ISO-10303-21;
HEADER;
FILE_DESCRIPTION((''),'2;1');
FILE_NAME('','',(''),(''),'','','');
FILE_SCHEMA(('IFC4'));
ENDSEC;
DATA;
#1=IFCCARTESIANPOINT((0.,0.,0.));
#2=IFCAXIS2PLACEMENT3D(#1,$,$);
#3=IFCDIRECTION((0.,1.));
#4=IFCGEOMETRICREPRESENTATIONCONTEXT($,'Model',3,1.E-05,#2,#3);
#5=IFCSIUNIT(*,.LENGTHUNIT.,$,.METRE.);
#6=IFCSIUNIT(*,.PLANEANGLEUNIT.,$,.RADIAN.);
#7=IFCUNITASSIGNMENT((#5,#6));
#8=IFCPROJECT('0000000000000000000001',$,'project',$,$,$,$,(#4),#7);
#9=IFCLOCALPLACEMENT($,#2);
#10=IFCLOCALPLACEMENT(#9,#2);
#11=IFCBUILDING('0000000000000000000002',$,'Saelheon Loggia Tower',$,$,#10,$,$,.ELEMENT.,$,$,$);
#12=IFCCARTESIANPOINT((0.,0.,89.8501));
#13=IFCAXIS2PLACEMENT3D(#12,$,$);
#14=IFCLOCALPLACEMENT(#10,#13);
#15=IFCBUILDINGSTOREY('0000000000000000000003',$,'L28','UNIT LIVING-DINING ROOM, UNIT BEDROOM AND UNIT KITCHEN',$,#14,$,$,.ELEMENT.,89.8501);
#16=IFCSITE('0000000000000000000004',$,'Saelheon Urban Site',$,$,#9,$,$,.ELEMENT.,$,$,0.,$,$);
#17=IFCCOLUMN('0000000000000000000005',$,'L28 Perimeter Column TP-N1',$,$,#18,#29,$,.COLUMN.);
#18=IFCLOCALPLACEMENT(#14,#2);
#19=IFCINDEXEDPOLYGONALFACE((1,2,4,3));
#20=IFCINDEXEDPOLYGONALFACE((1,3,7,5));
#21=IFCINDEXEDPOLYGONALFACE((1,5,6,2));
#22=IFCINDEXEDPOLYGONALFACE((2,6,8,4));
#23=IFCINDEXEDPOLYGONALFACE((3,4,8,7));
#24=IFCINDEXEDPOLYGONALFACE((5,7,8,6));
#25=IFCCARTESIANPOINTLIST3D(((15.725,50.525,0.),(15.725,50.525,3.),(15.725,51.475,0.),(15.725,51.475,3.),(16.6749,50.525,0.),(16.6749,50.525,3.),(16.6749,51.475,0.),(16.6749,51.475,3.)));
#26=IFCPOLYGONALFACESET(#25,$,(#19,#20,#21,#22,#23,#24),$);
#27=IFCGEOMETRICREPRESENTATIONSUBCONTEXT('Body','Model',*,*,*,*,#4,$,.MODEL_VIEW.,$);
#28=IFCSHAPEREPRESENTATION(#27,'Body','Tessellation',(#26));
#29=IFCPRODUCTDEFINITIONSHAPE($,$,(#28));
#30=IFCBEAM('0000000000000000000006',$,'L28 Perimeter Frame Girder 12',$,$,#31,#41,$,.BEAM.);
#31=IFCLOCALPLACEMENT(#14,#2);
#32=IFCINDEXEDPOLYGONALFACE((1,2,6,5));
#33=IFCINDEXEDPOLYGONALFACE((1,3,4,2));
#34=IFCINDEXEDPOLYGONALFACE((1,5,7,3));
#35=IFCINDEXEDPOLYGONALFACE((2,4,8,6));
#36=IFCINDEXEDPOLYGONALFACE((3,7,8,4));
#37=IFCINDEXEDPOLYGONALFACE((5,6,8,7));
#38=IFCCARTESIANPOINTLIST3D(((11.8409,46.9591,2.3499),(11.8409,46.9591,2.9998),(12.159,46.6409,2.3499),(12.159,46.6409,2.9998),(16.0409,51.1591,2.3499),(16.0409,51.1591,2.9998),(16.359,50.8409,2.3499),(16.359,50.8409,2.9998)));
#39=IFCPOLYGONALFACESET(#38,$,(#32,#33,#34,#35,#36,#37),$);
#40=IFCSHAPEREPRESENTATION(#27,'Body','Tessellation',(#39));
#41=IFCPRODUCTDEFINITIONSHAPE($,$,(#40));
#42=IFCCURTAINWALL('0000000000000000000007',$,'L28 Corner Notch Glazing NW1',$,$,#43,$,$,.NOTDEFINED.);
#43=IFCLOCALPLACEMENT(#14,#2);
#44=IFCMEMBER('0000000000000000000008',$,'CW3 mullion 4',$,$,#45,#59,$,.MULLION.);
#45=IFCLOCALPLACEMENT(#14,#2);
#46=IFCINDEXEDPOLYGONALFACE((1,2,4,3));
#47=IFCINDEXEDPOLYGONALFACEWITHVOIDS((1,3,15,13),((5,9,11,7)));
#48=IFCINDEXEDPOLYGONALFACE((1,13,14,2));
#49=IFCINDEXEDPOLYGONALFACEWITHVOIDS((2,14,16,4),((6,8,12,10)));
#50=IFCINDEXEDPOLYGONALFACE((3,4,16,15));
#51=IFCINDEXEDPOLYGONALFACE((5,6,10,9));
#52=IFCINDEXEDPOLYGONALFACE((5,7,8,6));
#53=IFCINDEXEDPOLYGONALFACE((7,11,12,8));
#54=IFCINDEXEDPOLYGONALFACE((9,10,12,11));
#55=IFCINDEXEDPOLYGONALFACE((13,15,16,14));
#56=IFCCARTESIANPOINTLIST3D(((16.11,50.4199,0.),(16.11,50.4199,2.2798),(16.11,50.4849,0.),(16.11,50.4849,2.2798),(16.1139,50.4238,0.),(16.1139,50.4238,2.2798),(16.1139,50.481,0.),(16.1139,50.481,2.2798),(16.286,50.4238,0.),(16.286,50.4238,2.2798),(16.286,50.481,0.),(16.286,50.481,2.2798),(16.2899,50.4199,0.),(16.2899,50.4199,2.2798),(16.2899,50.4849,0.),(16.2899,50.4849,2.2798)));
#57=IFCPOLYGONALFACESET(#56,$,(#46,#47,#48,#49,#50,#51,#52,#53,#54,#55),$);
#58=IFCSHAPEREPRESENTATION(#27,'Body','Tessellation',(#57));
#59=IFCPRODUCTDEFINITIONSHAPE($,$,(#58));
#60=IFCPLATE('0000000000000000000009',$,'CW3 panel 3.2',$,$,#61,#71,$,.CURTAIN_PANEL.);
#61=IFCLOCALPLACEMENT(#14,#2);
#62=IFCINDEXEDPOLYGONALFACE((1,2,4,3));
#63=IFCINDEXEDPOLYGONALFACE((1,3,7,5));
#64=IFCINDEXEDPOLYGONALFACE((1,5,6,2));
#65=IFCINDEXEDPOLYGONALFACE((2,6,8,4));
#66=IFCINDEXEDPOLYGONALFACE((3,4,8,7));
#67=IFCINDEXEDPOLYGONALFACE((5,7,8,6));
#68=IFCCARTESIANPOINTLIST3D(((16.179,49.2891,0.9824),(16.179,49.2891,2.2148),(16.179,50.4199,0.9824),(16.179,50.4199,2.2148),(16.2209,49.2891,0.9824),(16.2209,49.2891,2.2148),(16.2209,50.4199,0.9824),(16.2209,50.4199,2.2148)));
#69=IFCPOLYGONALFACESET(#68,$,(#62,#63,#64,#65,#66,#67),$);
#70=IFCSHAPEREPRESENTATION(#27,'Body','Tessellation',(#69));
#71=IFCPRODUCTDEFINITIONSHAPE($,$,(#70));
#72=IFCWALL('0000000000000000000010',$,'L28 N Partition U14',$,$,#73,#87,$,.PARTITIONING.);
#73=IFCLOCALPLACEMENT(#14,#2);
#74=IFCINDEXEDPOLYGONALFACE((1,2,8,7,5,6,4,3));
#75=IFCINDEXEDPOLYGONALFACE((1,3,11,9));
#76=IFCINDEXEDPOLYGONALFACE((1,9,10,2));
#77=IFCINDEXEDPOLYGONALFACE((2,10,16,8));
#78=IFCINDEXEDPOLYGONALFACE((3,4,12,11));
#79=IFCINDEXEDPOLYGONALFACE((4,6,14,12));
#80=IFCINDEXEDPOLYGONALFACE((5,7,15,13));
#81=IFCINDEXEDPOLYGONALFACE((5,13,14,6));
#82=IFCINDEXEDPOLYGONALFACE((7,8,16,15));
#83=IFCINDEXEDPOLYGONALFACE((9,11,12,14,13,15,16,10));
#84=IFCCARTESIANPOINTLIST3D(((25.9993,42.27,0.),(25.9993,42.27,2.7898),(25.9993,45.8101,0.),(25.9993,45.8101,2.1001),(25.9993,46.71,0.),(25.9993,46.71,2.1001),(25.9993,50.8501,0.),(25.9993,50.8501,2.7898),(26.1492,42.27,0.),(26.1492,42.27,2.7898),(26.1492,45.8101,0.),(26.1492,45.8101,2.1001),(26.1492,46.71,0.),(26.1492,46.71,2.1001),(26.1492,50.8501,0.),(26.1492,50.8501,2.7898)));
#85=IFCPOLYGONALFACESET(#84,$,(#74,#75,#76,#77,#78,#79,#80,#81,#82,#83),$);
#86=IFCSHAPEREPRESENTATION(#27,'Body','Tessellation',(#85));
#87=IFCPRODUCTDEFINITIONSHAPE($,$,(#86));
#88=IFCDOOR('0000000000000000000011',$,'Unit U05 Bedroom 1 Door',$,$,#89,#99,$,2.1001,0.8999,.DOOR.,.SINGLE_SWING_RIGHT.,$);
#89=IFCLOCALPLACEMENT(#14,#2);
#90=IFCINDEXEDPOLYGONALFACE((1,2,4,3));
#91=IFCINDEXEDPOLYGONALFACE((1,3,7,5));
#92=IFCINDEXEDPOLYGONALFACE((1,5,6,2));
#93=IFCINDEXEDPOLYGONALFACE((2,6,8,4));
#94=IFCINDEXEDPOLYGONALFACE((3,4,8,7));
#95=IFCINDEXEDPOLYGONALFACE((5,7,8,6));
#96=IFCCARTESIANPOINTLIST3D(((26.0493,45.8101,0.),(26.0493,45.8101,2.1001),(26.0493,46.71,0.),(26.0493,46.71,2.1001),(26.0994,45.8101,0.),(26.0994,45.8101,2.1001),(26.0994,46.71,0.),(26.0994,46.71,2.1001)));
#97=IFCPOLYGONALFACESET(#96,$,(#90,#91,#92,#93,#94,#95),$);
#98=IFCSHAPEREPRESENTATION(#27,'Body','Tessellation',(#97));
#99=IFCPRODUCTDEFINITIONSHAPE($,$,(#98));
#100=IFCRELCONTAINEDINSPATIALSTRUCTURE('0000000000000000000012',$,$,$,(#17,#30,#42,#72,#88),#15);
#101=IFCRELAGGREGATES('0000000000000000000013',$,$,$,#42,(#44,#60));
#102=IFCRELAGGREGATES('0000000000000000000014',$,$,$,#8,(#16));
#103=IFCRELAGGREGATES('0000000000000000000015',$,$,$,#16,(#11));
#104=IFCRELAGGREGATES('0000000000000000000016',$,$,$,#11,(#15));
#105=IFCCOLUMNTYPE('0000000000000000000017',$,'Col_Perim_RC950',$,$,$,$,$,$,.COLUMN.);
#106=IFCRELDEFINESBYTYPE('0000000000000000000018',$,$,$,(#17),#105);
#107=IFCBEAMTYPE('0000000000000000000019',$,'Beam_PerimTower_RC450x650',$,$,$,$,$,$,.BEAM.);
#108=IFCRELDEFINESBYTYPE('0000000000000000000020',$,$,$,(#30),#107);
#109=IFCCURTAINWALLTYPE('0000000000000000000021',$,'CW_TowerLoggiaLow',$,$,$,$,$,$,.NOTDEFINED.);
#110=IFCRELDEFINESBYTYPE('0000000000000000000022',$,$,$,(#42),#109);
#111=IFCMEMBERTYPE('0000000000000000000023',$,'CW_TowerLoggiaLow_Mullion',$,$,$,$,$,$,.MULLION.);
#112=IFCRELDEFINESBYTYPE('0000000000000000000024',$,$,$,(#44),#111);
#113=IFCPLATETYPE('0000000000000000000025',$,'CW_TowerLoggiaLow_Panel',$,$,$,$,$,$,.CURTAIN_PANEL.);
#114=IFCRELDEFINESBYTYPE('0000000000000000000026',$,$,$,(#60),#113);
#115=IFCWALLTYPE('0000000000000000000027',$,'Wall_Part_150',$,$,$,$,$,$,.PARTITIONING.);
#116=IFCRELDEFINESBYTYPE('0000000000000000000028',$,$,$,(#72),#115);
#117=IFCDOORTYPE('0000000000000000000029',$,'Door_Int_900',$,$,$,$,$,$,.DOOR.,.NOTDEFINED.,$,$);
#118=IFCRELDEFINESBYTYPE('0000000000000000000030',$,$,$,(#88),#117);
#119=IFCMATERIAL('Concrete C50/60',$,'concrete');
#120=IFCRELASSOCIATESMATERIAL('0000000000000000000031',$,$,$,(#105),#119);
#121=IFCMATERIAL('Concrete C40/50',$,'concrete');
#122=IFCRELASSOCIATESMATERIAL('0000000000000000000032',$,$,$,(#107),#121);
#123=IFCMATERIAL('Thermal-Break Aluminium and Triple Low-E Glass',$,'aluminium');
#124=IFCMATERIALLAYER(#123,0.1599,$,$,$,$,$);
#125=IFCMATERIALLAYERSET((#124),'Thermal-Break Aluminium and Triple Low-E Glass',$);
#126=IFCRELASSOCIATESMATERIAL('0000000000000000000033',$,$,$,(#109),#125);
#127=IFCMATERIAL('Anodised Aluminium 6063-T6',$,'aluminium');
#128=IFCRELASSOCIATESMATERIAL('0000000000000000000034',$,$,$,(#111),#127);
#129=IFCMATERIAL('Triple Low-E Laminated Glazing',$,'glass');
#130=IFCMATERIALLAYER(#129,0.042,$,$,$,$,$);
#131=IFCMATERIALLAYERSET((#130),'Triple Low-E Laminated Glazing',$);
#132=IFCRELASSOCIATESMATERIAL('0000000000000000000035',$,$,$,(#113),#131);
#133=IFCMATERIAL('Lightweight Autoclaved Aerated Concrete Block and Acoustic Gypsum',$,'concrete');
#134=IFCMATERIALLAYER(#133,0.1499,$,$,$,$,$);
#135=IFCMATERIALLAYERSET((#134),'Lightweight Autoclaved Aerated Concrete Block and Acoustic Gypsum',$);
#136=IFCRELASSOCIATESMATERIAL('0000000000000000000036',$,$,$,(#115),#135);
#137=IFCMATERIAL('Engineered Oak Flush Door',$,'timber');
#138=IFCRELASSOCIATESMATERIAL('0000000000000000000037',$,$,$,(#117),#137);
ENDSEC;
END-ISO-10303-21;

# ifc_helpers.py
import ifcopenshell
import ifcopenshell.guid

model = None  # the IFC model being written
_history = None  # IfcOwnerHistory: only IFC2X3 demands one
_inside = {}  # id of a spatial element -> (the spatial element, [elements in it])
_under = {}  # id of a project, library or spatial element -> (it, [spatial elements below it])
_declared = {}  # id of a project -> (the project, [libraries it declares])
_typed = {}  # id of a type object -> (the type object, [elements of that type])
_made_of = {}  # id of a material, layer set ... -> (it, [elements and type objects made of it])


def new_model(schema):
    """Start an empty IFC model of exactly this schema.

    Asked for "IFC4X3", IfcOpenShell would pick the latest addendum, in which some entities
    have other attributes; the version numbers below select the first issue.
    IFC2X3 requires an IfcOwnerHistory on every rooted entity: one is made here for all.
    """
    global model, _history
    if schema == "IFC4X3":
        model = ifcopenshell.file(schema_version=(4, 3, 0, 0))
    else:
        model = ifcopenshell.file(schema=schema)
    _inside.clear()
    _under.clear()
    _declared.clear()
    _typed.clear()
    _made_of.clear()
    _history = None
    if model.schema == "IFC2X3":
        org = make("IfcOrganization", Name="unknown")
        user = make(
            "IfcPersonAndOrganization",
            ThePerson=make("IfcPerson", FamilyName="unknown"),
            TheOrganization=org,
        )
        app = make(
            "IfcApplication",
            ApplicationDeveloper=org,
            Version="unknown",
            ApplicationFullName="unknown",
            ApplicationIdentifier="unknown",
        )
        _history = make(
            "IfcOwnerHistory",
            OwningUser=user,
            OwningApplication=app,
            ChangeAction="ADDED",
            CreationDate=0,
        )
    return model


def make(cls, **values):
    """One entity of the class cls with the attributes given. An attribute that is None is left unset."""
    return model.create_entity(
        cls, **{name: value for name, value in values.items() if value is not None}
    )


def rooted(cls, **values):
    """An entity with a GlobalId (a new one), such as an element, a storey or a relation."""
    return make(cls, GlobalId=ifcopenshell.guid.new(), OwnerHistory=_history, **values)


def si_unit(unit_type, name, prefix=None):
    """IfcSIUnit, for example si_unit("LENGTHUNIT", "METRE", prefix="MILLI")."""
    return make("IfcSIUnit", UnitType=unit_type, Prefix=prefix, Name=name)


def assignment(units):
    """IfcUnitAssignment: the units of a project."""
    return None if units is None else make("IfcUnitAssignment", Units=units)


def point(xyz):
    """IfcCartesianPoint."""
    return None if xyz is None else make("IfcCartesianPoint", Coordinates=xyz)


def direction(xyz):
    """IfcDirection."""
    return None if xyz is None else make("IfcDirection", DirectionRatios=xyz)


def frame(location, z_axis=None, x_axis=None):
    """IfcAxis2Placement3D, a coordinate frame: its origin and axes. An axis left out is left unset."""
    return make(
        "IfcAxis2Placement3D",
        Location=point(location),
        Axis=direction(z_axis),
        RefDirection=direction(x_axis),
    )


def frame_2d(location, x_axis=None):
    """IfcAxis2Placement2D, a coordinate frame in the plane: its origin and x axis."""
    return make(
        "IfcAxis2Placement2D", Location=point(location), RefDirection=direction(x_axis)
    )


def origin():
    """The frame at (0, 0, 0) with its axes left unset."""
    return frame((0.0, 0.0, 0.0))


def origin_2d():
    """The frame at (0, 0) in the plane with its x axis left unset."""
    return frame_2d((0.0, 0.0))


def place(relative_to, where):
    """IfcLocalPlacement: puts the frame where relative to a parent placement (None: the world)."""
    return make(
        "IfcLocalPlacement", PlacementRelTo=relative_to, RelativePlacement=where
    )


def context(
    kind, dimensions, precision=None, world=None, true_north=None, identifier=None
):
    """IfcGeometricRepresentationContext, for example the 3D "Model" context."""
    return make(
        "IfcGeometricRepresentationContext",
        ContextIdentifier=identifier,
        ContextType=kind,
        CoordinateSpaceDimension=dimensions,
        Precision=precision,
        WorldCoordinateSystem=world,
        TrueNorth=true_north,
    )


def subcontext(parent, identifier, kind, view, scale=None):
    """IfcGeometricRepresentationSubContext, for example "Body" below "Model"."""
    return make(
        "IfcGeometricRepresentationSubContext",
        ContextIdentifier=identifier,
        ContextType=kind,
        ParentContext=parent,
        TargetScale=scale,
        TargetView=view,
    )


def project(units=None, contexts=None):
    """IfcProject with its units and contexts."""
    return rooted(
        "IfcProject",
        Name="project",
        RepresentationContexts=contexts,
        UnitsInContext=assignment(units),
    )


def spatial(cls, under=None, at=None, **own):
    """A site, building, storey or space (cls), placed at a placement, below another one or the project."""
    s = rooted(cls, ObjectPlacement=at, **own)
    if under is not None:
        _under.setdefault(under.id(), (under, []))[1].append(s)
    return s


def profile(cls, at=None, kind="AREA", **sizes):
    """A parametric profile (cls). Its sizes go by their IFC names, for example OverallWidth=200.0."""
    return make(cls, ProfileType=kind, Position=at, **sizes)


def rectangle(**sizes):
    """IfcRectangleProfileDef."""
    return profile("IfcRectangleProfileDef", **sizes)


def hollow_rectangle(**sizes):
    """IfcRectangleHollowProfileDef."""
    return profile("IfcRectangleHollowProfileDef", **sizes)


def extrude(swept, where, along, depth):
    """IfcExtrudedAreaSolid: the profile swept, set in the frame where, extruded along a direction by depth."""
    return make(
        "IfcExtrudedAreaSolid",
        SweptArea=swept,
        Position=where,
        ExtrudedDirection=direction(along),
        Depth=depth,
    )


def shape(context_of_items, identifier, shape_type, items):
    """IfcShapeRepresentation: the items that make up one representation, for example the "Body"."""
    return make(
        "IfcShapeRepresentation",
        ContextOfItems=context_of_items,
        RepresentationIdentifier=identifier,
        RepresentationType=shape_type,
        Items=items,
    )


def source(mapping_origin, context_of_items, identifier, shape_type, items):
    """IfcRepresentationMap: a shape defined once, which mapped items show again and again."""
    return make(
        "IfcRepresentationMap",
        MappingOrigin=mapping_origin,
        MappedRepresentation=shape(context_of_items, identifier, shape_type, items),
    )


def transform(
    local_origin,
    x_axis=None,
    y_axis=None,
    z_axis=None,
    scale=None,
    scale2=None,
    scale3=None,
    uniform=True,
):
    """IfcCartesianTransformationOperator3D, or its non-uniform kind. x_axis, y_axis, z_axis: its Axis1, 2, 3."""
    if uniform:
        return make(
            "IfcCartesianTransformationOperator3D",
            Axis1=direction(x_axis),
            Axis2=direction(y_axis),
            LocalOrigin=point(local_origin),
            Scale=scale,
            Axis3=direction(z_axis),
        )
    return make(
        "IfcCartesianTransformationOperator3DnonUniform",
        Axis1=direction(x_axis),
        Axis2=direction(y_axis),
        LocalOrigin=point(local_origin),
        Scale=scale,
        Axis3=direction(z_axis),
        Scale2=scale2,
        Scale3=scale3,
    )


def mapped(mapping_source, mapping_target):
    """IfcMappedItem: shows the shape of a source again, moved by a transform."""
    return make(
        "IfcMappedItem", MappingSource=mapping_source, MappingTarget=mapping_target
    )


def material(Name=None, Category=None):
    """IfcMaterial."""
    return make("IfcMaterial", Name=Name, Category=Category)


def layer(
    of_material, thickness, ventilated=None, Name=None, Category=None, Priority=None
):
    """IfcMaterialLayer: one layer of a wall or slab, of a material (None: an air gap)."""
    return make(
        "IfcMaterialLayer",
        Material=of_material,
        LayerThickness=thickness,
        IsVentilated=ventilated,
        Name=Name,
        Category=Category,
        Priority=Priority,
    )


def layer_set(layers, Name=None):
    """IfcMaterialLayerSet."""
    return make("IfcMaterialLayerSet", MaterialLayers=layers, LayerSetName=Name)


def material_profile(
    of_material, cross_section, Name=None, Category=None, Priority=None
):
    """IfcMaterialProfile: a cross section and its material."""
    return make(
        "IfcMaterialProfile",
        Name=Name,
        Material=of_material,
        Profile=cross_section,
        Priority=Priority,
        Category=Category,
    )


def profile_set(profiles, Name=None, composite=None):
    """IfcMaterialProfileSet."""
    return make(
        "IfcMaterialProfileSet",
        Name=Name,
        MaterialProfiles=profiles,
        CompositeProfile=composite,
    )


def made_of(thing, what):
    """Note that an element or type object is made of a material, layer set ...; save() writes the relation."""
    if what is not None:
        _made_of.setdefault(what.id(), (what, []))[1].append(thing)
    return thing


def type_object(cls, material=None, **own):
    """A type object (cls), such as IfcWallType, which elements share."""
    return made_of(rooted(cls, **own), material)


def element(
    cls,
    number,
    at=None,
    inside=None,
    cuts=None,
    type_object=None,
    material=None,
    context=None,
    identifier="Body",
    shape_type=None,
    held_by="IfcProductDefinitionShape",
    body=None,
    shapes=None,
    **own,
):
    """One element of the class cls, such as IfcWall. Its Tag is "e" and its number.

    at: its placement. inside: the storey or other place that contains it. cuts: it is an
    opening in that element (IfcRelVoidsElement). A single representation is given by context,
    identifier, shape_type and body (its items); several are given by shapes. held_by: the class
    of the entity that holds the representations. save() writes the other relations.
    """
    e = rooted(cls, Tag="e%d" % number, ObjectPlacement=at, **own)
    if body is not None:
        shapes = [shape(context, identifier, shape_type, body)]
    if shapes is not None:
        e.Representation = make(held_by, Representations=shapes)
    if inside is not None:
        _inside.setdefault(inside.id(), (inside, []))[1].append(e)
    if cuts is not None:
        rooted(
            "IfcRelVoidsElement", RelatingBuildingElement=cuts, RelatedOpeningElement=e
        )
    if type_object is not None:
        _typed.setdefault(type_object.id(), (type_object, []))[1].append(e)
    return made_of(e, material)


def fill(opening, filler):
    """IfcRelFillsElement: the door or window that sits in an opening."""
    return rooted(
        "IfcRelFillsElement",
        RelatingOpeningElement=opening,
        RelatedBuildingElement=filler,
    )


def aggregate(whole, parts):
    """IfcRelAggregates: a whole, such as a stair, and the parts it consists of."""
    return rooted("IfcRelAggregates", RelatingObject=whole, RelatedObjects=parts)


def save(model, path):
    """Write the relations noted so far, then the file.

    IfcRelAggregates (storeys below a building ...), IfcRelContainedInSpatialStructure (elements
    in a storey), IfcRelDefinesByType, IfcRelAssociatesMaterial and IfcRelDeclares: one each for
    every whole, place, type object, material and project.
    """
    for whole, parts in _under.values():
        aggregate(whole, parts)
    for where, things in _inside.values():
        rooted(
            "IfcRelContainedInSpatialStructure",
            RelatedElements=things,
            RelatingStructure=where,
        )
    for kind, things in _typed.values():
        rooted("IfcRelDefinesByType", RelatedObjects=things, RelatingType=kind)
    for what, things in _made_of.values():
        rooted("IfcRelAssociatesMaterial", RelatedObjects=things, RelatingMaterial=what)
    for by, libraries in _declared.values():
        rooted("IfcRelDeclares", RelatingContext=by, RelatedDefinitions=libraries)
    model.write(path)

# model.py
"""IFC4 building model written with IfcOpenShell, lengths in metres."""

from ifc_helpers import new_model, si_unit, direction, frame, frame_2d, origin, origin_2d, place, context, subcontext, project, spatial, rectangle, hollow_rectangle, extrude, source, transform, mapped, material, layer, layer_set, material_profile, profile_set, type_object, element, fill, aggregate, save


model = new_model("IFC4")

# Units and contexts
model_context = context("Model", 3, precision=1e-05, world=origin(), true_north=direction((0.0, 1.0)))
body_context = subcontext(model_context, "Body", "Model", "MODEL_VIEW")
ifc_project = project(units=[si_unit("LENGTHUNIT", "METRE"), si_unit("PLANEANGLEUNIT", "RADIAN")], contexts=[model_context])

# Site, building, storey
site_placement = place(None, origin())
site = spatial("IfcSite", under=ifc_project, at=site_placement, Name="Saelheon Urban Site", CompositionType="ELEMENT", RefElevation=0.0)
building_placement = place(site_placement, origin())
building = spatial("IfcBuilding", under=site, at=building_placement, Name="Saelheon Loggia Tower", CompositionType="ELEMENT")
storey_placement = place(building_placement, frame((0.0, 0.0, 89.8501)))
storey = spatial("IfcBuildingStorey", under=building, at=storey_placement, Name="L28", Description="UNIT LIVING-DINING ROOM, UNIT BEDROOM AND UNIT KITCHEN", CompositionType="ELEMENT", Elevation=89.8501)

# Column
ifc_material_1 = material(Name="Concrete C50/60", Category="concrete")
ifc_material_profile_1 = material_profile(ifc_material_1, rectangle(XDim=0.95, YDim=0.95, at=origin_2d()), Name="RC-950x950")
ifc_profile_set_1 = profile_set([ifc_material_profile_1], Name="Concrete C50/60")
column_type = type_object("IfcColumnType", Name="Col_Perim_RC950", PredefinedType="COLUMN", material=ifc_profile_set_1)
shared_shape_1 = source(origin(), body_context, "Body", "SweptSolid", [
    extrude(rectangle(XDim=0.95, YDim=0.95, at=origin_2d()), origin(), (0.0, 0.0, 1.0), 3.0),
])
column_placement = place(storey_placement, frame((16.2, 51.0, 0.0), z_axis=(0.0, 0.0, 1.0), x_axis=(1.0, 0.0, 0.0)))
element("IfcColumn", 1, at=column_placement, inside=storey, type_object=column_type, Name="L28 Perimeter Column TP-N1", PredefinedType="COLUMN", context=body_context, shape_type="MappedRepresentation", body=[
    mapped(shared_shape_1, transform((0.0, 0.0, 0.0), scale=1.0)),
])

# Beam
ifc_material_2 = material(Name="Concrete C40/50", Category="concrete")
ifc_material_profile_2 = material_profile(ifc_material_2, rectangle(XDim=0.45, YDim=0.6499, at=origin_2d()), Name="RC-450x650")
ifc_profile_set_2 = profile_set([ifc_material_profile_2], Name="Concrete C40/50")
beam_type = type_object("IfcBeamType", Name="Beam_PerimTower_RC450x650", PredefinedType="BEAM", material=ifc_profile_set_2)
shared_shape_2 = source(origin(), body_context, "Body", "SweptSolid", [
    extrude(rectangle(XDim=0.45, YDim=0.6499, at=origin_2d()), origin(), (0.0, 0.0, 1.0), 5.9397),
])
beam_placement = place(storey_placement, frame((16.2, 51.0, 2.6748), z_axis=(-0.707107, -0.707107, 0.0), x_axis=(0.707107, -0.707107, 0.0)))
element("IfcBeam", 2, at=beam_placement, inside=storey, type_object=beam_type, Name="L28 Perimeter Frame Girder 12", PredefinedType="BEAM", context=body_context, shape_type="MappedRepresentation", body=[
    mapped(shared_shape_2, transform((0.0, 0.0, 0.0), scale=1.0)),
])

# Curtain wall, member, plate
ifc_material_3 = material(Name="Thermal-Break Aluminium and Triple Low-E Glass", Category="aluminium")
ifc_layer_1 = layer(ifc_material_3, 0.1599)
ifc_layer_set_1 = layer_set([ifc_layer_1], Name="Thermal-Break Aluminium and Triple Low-E Glass")
curtain_wall_type = type_object("IfcCurtainWallType", Name="CW_TowerLoggiaLow", PredefinedType="NOTDEFINED", material=ifc_layer_set_1)
curtain_wall_placement = place(storey_placement, origin())
curtain_wall = element("IfcCurtainWall", 3, at=curtain_wall_placement, inside=storey, type_object=curtain_wall_type, Name="L28 Corner Notch Glazing NW1", PredefinedType="NOTDEFINED")
ifc_material_4 = material(Name="Anodised Aluminium 6063-T6", Category="aluminium")
ifc_material_profile_3 = material_profile(ifc_material_4, hollow_rectangle(XDim=0.0649, YDim=0.1799, WallThickness=0.0039, at=origin_2d()), Name="RHS-180x65x4")
ifc_profile_set_3 = profile_set([ifc_material_profile_3], Name="Anodised Aluminium 6063-T6")
member_type = type_object("IfcMemberType", Name="CW_TowerLoggiaLow_Mullion", PredefinedType="MULLION", material=ifc_profile_set_3)
shared_shape_3 = source(origin(), body_context, "Body", "SweptSolid", [
    extrude(hollow_rectangle(XDim=0.0649, YDim=0.1799, WallThickness=0.0039, at=origin_2d()), origin(), (0.0, 0.0, 1.0), 2.2798),
])
member_placement = place(storey_placement, frame((16.2, 50.4524, 0.0), z_axis=(0.0, 0.0, 1.0), x_axis=(0.0, 1.0, 0.0)))
member = element("IfcMember", 4, at=member_placement, type_object=member_type, Name="CW3 mullion 4", PredefinedType="MULLION", context=body_context, shape_type="MappedRepresentation", body=[
    mapped(shared_shape_3, transform((0.0, 0.0, 0.0), scale=1.0)),
])
ifc_material_5 = material(Name="Triple Low-E Laminated Glazing", Category="glass")
ifc_layer_2 = layer(ifc_material_5, 0.042)
ifc_layer_set_2 = layer_set([ifc_layer_2], Name="Triple Low-E Laminated Glazing")
plate_type = type_object("IfcPlateType", Name="CW_TowerLoggiaLow_Panel", PredefinedType="CURTAIN_PANEL", material=ifc_layer_set_2)
shared_shape_4 = source(origin(), body_context, "Body", "SweptSolid", [
    extrude(rectangle(XDim=1.1309, YDim=0.042, at=origin_2d()), origin(), (0.0, 0.0, 1.0), 1.2324),
])
plate_placement = place(storey_placement, frame((16.2, 49.8545, 0.9824), z_axis=(0.0, 0.0, 1.0), x_axis=(0.0, 1.0, 0.0)))
plate = element("IfcPlate", 5, at=plate_placement, type_object=plate_type, Name="CW3 panel 3.2", PredefinedType="CURTAIN_PANEL", context=body_context, shape_type="MappedRepresentation", body=[
    mapped(shared_shape_4, transform((0.0, 0.0, 0.0), scale=1.0)),
])
aggregate(curtain_wall, [member, plate])

# Wall, opening, door
ifc_material_6 = material(Name="Lightweight Autoclaved Aerated Concrete Block and Acoustic Gypsum", Category="concrete")
ifc_layer_3 = layer(ifc_material_6, 0.1499)
ifc_layer_set_3 = layer_set([ifc_layer_3], Name="Lightweight Autoclaved Aerated Concrete Block and Acoustic Gypsum")
wall_type_1 = type_object("IfcWallType", Name="Wall_Part_150", PredefinedType="PARTITIONING", material=ifc_layer_set_3)
wall_1_placement = place(storey_placement, frame((26.0742, 42.27, 0.0), z_axis=(0.0, 0.0, 1.0), x_axis=(0.0, 1.0, 0.0)))
wall_1 = element("IfcWall", 6, at=wall_1_placement, inside=storey, type_object=wall_type_1, Name="L28 N Partition U14", PredefinedType="PARTITIONING", context=body_context, shape_type="SweptSolid", body=[
    extrude(rectangle(XDim=8.5801, YDim=0.1499, at=frame_2d((4.29, 0.0))), origin(), (0.0, 0.0, 1.0), 2.7898),
])
opening_1_placement = place(wall_1_placement, frame((3.54, 0.0, 0.0)))
opening_1 = element("IfcOpeningElement", 7, at=opening_1_placement, cuts=wall_1, PredefinedType="OPENING", context=body_context, shape_type="SweptSolid", body=[
    extrude(rectangle(XDim=0.8999, YDim=2.1001, at=frame_2d((0.45, 1.05))), frame((0.0, 0.0869, 0.0), z_axis=(0.0, -1.0, 0.0), x_axis=(1.0, 0.0, 0.0)), (0.0, 0.0, 1.0), 0.1738),
])
ifc_material_7 = material(Name="Engineered Oak Flush Door", Category="timber")
door_type_1 = type_object("IfcDoorType", Name="Door_Int_900", OperationType="NOTDEFINED", PredefinedType="DOOR", material=ifc_material_7)
shared_shape_5 = source(origin(), body_context, "Body", "SweptSolid", [
    extrude(rectangle(XDim=0.8999, YDim=2.1001, at=frame_2d((0.45, 1.05))), frame((0.0, 0.0249, 0.0), z_axis=(0.0, -1.0, 0.0), x_axis=(1.0, 0.0, 0.0)), (0.0, 0.0, 1.0), 0.05),
])
door_1_placement = place(opening_1_placement, origin())
door_1 = element("IfcDoor", 8, at=door_1_placement, inside=storey, type_object=door_type_1, Name="Unit U05 Bedroom 1 Door", OperationType="SINGLE_SWING_RIGHT", OverallHeight=2.1001, OverallWidth=0.8999, PredefinedType="DOOR", context=body_context, shape_type="MappedRepresentation", body=[
    mapped(shared_shape_5, transform((0.0, 0.0, 0.0), scale=1.0)),
])
fill(opening_1, door_1)

save(model, "model.ifc")
